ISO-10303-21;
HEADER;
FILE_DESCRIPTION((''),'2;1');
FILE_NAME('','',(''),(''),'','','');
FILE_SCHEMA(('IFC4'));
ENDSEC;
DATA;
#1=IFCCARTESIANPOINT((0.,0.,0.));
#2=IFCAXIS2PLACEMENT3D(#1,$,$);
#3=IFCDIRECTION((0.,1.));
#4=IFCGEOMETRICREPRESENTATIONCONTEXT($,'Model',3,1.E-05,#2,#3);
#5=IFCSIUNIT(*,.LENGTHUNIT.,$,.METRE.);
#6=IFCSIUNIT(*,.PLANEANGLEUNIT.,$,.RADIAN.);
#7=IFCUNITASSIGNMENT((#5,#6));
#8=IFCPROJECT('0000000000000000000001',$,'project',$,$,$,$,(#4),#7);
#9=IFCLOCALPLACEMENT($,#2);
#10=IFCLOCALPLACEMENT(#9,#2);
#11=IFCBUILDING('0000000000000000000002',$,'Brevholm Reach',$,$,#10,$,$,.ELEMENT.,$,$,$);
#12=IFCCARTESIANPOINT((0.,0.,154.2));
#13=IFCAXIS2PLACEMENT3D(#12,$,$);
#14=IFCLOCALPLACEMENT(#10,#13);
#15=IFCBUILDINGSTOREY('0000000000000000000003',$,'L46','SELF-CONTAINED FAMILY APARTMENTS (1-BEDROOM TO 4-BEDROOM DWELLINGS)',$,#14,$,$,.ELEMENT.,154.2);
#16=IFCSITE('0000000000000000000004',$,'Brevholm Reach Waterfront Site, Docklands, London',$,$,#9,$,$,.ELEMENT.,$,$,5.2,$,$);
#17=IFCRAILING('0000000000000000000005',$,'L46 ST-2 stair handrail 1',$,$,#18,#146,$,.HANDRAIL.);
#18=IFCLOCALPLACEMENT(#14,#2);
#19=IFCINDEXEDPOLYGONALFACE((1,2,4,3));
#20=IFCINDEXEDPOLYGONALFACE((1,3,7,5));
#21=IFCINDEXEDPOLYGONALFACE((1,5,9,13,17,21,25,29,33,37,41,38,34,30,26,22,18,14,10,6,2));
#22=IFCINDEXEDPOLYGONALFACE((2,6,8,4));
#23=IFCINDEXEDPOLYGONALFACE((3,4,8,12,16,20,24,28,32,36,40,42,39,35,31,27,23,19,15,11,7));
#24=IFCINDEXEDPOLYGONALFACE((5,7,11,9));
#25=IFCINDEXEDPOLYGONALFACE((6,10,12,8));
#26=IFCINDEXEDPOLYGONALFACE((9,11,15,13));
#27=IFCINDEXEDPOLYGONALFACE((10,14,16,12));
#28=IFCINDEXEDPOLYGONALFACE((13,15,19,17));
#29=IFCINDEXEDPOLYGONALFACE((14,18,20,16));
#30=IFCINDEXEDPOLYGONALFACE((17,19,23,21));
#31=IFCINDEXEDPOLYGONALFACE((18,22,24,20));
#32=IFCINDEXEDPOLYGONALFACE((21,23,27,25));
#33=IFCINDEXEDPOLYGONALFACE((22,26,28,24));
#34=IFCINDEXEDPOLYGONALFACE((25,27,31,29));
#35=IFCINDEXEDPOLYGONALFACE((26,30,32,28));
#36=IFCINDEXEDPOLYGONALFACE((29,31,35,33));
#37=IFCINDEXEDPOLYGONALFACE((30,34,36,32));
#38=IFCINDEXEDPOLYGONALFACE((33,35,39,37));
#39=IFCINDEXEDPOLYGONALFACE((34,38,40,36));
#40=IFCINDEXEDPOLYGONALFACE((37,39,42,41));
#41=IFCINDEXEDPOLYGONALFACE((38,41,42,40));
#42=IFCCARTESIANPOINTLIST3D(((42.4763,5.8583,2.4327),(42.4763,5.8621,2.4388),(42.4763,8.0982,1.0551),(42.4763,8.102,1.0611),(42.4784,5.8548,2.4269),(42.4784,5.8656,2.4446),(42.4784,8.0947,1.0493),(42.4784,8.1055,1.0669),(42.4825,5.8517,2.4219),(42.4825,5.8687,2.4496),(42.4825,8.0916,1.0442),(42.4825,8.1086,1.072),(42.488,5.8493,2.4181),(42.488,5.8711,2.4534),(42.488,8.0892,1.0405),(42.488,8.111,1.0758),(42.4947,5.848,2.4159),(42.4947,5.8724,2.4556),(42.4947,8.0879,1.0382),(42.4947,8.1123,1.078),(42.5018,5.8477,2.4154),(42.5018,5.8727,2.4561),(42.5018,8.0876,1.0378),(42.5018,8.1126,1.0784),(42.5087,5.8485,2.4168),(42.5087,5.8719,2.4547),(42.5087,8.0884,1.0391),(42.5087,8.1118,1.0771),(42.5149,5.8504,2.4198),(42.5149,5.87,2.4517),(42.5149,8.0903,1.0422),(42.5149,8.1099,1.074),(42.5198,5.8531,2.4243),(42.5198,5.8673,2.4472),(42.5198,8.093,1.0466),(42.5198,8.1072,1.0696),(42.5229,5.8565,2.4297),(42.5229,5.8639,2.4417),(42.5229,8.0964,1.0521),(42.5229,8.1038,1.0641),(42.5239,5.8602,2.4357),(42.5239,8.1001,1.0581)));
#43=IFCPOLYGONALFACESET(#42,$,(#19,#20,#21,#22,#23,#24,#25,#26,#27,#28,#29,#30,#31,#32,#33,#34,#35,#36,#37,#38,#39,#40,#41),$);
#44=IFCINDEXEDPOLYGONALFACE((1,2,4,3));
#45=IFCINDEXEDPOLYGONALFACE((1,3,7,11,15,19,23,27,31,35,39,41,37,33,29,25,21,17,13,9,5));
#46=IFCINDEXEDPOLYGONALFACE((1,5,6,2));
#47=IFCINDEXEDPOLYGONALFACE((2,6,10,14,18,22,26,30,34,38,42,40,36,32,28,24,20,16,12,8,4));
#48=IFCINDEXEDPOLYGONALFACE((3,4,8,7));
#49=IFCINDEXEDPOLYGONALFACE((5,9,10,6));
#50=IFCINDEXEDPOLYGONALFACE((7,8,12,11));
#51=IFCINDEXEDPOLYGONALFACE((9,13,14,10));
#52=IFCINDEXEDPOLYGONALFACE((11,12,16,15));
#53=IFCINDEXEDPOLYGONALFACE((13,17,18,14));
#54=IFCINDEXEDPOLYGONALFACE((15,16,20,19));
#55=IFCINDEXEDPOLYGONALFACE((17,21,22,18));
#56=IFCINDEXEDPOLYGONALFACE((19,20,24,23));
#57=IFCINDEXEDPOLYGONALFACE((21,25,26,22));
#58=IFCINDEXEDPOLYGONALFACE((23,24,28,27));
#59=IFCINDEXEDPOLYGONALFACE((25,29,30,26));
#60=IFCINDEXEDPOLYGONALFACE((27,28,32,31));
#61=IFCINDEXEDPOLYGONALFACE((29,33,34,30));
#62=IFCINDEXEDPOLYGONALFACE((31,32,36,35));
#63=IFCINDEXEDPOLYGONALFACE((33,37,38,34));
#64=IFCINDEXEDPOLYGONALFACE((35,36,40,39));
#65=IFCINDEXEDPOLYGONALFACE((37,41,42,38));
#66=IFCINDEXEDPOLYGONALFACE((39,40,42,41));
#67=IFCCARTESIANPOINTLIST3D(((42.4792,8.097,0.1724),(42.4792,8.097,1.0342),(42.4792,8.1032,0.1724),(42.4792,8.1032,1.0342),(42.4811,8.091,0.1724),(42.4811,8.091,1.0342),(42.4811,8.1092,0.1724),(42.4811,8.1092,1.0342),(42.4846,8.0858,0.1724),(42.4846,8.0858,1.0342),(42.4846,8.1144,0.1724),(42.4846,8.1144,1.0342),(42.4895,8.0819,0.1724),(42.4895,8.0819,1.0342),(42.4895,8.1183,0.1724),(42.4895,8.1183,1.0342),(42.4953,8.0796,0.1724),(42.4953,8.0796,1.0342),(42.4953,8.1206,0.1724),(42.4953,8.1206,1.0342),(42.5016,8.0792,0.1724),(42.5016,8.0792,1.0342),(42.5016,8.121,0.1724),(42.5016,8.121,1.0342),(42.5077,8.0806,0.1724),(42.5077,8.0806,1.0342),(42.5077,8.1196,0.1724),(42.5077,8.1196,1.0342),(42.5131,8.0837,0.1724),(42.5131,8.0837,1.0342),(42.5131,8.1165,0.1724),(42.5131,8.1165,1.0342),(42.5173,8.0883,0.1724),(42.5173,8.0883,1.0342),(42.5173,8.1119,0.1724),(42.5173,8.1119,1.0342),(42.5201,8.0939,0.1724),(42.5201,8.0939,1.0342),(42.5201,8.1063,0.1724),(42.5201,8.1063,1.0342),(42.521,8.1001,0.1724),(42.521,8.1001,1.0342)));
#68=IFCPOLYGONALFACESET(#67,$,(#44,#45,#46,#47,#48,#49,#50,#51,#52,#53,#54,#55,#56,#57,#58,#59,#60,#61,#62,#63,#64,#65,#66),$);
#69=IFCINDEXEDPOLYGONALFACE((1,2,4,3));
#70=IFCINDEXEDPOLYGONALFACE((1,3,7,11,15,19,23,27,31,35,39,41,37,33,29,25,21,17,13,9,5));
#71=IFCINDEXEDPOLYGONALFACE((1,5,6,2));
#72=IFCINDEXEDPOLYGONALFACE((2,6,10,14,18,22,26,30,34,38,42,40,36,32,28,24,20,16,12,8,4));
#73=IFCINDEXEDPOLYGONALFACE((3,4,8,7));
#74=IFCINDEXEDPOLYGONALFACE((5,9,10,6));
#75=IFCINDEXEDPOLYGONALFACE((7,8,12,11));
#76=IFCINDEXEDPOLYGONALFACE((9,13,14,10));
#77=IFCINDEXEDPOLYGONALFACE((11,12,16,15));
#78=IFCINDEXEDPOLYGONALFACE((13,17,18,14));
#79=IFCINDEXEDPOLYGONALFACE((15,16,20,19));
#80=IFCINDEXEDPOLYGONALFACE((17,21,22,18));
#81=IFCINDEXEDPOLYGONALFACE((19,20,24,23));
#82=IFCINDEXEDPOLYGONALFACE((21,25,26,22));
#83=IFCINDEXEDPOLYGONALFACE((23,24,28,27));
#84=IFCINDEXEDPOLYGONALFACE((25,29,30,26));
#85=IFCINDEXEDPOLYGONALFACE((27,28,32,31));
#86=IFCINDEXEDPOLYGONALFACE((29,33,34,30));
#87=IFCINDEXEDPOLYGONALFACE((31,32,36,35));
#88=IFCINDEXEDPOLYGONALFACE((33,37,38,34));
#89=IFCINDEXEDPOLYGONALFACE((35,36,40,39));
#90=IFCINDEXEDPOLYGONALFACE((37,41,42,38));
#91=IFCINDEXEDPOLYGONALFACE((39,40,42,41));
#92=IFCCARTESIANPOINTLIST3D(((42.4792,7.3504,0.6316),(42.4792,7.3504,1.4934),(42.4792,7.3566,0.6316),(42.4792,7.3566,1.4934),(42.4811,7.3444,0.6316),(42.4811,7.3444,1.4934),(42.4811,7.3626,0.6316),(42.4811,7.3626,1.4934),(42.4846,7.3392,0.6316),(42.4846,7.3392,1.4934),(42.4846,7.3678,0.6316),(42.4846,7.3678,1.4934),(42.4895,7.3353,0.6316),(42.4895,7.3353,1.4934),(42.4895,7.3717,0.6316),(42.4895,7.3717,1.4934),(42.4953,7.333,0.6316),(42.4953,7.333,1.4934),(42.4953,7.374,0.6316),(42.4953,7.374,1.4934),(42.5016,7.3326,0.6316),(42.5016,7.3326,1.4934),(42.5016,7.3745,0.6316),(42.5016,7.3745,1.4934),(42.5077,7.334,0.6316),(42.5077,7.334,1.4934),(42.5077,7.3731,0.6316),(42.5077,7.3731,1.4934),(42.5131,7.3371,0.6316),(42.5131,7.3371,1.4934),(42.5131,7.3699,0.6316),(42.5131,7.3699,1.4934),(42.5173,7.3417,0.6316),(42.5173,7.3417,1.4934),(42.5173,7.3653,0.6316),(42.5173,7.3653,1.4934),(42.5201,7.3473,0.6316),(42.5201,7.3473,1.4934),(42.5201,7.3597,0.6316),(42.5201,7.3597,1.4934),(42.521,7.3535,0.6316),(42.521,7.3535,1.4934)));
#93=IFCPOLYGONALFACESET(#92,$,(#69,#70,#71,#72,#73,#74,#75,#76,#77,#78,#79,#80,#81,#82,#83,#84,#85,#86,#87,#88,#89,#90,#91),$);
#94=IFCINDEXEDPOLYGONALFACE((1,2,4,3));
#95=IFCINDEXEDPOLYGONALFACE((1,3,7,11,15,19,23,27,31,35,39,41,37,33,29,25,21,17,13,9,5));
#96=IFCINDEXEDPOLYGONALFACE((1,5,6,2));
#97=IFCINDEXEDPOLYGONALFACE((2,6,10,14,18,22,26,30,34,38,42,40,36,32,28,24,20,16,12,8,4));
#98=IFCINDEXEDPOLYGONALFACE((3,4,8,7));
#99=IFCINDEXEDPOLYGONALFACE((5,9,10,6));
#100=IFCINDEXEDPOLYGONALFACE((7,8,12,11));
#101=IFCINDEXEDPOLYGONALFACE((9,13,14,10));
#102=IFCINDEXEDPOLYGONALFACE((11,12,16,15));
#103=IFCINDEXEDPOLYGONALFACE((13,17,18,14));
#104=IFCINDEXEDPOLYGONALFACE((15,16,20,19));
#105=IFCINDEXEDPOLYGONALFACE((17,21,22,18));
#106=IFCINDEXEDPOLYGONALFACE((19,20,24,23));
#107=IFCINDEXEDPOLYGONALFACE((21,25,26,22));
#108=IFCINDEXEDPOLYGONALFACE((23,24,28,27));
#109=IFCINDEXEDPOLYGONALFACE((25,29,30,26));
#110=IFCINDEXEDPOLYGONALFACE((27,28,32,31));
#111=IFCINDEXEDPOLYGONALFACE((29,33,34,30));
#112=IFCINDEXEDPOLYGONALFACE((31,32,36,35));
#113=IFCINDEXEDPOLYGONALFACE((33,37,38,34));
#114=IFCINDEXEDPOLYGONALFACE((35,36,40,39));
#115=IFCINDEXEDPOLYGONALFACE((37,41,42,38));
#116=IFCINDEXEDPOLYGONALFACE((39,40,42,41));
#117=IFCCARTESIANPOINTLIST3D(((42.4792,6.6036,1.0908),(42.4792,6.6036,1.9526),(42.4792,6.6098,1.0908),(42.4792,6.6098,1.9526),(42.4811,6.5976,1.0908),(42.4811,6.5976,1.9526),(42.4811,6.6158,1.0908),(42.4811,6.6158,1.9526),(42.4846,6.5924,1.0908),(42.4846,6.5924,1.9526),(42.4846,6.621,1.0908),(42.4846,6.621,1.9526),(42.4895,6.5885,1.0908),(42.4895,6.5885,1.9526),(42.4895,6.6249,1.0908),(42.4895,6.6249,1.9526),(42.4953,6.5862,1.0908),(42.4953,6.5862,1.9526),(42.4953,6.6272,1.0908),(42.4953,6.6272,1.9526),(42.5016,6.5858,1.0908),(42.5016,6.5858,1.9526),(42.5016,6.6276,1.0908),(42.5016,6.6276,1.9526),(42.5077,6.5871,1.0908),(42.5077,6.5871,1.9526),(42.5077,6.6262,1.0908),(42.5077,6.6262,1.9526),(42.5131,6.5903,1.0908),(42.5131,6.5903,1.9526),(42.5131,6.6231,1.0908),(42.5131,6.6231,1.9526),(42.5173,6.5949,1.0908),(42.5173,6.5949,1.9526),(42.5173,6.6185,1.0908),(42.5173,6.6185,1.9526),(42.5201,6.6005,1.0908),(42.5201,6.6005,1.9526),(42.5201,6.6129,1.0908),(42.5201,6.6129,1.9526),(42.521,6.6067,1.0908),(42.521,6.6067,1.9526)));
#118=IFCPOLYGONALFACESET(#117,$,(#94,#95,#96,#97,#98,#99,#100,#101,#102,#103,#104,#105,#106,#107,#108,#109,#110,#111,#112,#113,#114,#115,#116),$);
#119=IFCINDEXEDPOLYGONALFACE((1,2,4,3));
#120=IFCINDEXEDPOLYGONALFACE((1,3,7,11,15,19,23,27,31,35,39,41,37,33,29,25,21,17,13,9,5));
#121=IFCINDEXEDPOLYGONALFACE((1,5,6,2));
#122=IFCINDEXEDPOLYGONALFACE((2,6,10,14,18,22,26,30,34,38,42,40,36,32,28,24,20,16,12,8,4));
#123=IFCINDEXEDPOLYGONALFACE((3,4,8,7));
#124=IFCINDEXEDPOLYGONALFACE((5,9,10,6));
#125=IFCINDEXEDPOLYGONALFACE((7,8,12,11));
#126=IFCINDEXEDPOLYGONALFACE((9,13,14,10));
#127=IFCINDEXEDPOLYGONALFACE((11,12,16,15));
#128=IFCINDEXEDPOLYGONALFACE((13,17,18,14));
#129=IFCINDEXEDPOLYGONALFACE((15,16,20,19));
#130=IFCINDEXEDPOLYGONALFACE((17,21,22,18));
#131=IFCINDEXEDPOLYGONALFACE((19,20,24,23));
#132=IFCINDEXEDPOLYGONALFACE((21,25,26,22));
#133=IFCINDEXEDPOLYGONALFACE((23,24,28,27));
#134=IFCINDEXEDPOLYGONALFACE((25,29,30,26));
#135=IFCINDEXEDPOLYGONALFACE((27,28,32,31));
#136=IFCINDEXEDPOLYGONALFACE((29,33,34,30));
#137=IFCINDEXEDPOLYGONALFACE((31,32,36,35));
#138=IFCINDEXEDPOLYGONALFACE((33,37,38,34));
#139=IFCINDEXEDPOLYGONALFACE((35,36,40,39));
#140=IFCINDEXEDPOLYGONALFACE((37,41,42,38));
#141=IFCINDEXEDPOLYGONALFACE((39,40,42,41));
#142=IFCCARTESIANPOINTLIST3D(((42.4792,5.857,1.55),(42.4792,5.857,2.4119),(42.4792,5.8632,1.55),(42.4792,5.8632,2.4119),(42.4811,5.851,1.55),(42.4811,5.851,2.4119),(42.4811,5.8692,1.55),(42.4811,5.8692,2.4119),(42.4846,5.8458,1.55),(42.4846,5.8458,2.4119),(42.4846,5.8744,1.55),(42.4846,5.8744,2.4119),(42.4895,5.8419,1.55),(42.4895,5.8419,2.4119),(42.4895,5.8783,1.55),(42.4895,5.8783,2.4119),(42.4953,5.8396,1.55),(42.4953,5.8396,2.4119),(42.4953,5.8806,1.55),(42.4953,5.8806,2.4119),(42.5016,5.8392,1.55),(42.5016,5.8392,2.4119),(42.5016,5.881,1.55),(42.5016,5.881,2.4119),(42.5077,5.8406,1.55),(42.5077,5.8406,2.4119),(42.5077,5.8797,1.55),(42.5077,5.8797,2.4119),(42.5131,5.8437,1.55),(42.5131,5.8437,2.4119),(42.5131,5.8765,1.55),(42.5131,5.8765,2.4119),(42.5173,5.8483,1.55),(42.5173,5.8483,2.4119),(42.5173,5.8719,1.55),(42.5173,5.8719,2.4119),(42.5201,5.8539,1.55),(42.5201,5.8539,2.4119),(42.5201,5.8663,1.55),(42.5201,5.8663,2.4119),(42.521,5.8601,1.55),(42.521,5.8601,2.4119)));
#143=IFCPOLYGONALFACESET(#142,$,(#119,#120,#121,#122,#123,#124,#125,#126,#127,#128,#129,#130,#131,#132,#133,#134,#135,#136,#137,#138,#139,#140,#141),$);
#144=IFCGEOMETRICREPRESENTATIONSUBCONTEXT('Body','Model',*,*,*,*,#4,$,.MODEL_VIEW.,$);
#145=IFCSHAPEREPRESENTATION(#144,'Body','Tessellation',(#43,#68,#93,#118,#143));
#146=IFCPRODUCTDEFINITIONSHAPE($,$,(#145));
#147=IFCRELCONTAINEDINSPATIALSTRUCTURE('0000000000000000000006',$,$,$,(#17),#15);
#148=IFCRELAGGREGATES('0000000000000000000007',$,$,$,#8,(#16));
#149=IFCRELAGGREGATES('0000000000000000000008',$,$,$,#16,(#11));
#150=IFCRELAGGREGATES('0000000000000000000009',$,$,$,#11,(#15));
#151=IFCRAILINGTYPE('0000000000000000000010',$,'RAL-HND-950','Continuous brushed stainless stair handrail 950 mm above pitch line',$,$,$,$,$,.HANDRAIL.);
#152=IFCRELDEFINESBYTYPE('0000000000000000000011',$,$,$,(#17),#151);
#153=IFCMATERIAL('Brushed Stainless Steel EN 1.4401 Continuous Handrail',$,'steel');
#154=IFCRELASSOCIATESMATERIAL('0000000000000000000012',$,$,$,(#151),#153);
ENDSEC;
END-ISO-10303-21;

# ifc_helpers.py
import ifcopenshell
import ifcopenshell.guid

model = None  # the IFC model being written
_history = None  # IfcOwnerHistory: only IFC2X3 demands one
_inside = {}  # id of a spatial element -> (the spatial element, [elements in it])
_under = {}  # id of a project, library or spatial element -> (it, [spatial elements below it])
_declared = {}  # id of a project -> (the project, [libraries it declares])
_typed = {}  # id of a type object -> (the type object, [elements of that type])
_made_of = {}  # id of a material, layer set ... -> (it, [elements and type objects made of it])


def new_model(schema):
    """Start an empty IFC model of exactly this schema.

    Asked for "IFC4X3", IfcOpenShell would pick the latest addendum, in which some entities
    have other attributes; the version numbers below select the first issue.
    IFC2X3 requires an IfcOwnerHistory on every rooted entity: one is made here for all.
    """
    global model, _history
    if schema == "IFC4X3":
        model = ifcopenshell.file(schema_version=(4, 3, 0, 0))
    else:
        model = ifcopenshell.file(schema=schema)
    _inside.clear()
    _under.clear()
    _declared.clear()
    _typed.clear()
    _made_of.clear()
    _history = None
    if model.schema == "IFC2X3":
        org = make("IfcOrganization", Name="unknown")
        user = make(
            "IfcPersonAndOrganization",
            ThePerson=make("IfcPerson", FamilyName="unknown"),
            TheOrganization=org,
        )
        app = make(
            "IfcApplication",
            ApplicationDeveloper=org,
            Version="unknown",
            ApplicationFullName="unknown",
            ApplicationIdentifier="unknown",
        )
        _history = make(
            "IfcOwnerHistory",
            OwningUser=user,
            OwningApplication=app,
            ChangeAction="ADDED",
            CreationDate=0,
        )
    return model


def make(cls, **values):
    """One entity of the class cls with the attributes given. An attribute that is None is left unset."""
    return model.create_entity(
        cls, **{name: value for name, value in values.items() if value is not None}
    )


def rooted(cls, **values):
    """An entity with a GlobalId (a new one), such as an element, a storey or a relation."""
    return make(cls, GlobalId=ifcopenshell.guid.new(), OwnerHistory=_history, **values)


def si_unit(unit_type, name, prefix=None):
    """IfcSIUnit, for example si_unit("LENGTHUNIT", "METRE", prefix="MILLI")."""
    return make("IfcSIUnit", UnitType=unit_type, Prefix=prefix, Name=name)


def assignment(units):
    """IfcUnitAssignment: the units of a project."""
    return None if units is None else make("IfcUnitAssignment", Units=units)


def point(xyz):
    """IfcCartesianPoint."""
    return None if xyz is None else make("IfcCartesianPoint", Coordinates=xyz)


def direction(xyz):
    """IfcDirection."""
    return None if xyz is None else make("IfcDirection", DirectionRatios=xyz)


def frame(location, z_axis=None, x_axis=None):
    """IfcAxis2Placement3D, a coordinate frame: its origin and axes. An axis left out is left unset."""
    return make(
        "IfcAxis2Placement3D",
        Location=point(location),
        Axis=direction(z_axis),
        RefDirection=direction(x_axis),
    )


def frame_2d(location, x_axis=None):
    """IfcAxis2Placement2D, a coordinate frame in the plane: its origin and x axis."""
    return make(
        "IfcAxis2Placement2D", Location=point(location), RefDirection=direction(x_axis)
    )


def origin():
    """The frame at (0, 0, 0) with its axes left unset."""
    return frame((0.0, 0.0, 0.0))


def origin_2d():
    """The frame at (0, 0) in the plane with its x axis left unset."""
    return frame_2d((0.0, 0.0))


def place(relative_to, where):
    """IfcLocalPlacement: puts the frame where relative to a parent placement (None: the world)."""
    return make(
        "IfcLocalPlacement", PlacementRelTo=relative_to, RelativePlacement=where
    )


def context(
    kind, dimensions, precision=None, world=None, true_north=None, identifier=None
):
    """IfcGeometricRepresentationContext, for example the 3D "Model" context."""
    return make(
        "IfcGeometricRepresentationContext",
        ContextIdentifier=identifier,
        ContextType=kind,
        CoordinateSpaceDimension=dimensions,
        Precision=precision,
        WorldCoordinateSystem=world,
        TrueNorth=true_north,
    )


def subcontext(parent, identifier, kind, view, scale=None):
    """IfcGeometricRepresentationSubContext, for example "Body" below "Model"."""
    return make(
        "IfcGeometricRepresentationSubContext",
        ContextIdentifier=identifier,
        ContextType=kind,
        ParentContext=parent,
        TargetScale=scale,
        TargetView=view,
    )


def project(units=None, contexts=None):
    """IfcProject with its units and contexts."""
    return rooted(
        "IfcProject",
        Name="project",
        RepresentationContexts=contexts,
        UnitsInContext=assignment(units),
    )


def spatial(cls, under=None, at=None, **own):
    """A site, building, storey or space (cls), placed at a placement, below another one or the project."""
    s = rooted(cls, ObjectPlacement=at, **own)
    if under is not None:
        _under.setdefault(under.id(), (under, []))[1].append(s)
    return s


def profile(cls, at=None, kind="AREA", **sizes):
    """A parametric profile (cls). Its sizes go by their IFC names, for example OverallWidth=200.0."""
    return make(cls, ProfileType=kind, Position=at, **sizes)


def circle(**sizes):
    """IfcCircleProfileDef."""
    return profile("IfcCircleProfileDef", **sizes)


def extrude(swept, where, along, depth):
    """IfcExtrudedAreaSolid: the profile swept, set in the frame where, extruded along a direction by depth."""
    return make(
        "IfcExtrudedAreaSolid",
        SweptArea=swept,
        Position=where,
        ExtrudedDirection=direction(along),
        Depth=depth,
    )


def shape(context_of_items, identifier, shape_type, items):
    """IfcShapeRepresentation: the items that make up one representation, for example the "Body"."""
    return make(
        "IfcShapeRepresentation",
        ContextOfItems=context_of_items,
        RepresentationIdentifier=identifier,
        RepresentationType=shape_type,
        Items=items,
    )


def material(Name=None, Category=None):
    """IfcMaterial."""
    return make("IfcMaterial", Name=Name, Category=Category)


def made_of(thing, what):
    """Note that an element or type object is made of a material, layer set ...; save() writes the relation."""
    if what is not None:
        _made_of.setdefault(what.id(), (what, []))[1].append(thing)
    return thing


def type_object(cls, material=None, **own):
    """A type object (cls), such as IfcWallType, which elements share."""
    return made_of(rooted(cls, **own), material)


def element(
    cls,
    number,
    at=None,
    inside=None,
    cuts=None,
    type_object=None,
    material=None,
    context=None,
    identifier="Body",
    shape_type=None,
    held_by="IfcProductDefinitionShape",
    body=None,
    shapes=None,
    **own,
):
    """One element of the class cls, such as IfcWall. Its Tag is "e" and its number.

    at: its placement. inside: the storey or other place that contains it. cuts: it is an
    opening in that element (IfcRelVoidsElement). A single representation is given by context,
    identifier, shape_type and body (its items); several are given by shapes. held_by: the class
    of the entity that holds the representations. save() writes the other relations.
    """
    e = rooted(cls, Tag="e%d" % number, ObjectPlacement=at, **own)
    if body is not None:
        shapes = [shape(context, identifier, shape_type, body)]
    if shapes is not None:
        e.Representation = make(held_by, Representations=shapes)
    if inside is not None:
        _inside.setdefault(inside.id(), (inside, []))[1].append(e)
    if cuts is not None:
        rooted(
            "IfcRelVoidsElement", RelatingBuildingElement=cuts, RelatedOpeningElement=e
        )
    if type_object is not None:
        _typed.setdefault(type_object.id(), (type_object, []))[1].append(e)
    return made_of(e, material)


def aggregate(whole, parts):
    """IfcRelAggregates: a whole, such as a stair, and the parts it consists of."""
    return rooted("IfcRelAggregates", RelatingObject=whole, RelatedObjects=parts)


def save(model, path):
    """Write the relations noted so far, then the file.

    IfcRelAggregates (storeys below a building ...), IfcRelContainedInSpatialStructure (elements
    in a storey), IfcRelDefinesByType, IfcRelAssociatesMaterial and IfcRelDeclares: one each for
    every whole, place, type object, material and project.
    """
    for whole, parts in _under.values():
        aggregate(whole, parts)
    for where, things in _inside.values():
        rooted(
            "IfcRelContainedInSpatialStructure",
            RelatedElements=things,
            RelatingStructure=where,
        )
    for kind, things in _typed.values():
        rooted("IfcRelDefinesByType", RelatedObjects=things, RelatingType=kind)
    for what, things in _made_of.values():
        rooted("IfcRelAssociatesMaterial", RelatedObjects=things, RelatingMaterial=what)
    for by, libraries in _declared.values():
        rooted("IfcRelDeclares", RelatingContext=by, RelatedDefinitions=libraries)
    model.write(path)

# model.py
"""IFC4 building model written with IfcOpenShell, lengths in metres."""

from ifc_helpers import new_model, si_unit, direction, frame, origin, origin_2d, place, context, subcontext, project, spatial, circle, extrude, material, type_object, element, save


model = new_model("IFC4")

# Units and contexts
model_context = context("Model", 3, precision=1e-05, world=origin(), true_north=direction((0.0, 1.0)))
body_context = subcontext(model_context, "Body", "Model", "MODEL_VIEW")
ifc_project = project(units=[si_unit("LENGTHUNIT", "METRE"), si_unit("PLANEANGLEUNIT", "RADIAN")], contexts=[model_context])

# Site, building, storey
site_placement = place(None, origin())
site = spatial("IfcSite", under=ifc_project, at=site_placement, Name="Brevholm Reach Waterfront Site, Docklands, London", CompositionType="ELEMENT", RefElevation=5.2)
building_placement = place(site_placement, origin())
building = spatial("IfcBuilding", under=site, at=building_placement, Name="Brevholm Reach", CompositionType="ELEMENT")
storey_placement = place(building_placement, frame((0.0, 0.0, 154.2)))
storey = spatial("IfcBuildingStorey", under=building, at=storey_placement, Name="L46", Description="SELF-CONTAINED FAMILY APARTMENTS (1-BEDROOM TO 4-BEDROOM DWELLINGS)", CompositionType="ELEMENT", Elevation=154.2)

# Railing
ifc_material_1 = material(Name="Brushed Stainless Steel EN 1.4401 Continuous Handrail", Category="steel")
railing_type_1 = type_object("IfcRailingType", Name="RAL-HND-950", Description="Continuous brushed stainless stair handrail 950 mm above pitch line", PredefinedType="HANDRAIL", material=ifc_material_1)
railing_1_placement = place(storey_placement, frame((42.5, 8.1001, 0.1724)))
element("IfcRailing", 1, at=railing_1_placement, inside=storey, type_object=railing_type_1, Name="L46 ST-2 stair handrail 1", PredefinedType="HANDRAIL", context=body_context, shape_type="SweptSolid", body=[
    extrude(circle(Radius=0.0239, at=origin_2d()), frame((0.0, 0.0, 0.8857), z_axis=(0.0, -0.851789, 0.523885), x_axis=(1.0, 0.0, 0.0)), (0.0, 0.0, 1.0), 2.6296),
    extrude(circle(Radius=0.021, at=origin_2d()), origin(), (0.0, 0.0, 1.0), 0.8618),
    extrude(circle(Radius=0.021, at=origin_2d()), frame((0.0, -0.7466, 0.4592)), (0.0, 0.0, 1.0), 0.8618),
    extrude(circle(Radius=0.021, at=origin_2d()), frame((0.0, -1.4934, 0.9185)), (0.0, 0.0, 1.0), 0.8618),
    extrude(circle(Radius=0.021, at=origin_2d()), frame((0.0, -2.24, 1.3777)), (0.0, 0.0, 1.0), 0.8618),
])

save(model, "model.ifc")
